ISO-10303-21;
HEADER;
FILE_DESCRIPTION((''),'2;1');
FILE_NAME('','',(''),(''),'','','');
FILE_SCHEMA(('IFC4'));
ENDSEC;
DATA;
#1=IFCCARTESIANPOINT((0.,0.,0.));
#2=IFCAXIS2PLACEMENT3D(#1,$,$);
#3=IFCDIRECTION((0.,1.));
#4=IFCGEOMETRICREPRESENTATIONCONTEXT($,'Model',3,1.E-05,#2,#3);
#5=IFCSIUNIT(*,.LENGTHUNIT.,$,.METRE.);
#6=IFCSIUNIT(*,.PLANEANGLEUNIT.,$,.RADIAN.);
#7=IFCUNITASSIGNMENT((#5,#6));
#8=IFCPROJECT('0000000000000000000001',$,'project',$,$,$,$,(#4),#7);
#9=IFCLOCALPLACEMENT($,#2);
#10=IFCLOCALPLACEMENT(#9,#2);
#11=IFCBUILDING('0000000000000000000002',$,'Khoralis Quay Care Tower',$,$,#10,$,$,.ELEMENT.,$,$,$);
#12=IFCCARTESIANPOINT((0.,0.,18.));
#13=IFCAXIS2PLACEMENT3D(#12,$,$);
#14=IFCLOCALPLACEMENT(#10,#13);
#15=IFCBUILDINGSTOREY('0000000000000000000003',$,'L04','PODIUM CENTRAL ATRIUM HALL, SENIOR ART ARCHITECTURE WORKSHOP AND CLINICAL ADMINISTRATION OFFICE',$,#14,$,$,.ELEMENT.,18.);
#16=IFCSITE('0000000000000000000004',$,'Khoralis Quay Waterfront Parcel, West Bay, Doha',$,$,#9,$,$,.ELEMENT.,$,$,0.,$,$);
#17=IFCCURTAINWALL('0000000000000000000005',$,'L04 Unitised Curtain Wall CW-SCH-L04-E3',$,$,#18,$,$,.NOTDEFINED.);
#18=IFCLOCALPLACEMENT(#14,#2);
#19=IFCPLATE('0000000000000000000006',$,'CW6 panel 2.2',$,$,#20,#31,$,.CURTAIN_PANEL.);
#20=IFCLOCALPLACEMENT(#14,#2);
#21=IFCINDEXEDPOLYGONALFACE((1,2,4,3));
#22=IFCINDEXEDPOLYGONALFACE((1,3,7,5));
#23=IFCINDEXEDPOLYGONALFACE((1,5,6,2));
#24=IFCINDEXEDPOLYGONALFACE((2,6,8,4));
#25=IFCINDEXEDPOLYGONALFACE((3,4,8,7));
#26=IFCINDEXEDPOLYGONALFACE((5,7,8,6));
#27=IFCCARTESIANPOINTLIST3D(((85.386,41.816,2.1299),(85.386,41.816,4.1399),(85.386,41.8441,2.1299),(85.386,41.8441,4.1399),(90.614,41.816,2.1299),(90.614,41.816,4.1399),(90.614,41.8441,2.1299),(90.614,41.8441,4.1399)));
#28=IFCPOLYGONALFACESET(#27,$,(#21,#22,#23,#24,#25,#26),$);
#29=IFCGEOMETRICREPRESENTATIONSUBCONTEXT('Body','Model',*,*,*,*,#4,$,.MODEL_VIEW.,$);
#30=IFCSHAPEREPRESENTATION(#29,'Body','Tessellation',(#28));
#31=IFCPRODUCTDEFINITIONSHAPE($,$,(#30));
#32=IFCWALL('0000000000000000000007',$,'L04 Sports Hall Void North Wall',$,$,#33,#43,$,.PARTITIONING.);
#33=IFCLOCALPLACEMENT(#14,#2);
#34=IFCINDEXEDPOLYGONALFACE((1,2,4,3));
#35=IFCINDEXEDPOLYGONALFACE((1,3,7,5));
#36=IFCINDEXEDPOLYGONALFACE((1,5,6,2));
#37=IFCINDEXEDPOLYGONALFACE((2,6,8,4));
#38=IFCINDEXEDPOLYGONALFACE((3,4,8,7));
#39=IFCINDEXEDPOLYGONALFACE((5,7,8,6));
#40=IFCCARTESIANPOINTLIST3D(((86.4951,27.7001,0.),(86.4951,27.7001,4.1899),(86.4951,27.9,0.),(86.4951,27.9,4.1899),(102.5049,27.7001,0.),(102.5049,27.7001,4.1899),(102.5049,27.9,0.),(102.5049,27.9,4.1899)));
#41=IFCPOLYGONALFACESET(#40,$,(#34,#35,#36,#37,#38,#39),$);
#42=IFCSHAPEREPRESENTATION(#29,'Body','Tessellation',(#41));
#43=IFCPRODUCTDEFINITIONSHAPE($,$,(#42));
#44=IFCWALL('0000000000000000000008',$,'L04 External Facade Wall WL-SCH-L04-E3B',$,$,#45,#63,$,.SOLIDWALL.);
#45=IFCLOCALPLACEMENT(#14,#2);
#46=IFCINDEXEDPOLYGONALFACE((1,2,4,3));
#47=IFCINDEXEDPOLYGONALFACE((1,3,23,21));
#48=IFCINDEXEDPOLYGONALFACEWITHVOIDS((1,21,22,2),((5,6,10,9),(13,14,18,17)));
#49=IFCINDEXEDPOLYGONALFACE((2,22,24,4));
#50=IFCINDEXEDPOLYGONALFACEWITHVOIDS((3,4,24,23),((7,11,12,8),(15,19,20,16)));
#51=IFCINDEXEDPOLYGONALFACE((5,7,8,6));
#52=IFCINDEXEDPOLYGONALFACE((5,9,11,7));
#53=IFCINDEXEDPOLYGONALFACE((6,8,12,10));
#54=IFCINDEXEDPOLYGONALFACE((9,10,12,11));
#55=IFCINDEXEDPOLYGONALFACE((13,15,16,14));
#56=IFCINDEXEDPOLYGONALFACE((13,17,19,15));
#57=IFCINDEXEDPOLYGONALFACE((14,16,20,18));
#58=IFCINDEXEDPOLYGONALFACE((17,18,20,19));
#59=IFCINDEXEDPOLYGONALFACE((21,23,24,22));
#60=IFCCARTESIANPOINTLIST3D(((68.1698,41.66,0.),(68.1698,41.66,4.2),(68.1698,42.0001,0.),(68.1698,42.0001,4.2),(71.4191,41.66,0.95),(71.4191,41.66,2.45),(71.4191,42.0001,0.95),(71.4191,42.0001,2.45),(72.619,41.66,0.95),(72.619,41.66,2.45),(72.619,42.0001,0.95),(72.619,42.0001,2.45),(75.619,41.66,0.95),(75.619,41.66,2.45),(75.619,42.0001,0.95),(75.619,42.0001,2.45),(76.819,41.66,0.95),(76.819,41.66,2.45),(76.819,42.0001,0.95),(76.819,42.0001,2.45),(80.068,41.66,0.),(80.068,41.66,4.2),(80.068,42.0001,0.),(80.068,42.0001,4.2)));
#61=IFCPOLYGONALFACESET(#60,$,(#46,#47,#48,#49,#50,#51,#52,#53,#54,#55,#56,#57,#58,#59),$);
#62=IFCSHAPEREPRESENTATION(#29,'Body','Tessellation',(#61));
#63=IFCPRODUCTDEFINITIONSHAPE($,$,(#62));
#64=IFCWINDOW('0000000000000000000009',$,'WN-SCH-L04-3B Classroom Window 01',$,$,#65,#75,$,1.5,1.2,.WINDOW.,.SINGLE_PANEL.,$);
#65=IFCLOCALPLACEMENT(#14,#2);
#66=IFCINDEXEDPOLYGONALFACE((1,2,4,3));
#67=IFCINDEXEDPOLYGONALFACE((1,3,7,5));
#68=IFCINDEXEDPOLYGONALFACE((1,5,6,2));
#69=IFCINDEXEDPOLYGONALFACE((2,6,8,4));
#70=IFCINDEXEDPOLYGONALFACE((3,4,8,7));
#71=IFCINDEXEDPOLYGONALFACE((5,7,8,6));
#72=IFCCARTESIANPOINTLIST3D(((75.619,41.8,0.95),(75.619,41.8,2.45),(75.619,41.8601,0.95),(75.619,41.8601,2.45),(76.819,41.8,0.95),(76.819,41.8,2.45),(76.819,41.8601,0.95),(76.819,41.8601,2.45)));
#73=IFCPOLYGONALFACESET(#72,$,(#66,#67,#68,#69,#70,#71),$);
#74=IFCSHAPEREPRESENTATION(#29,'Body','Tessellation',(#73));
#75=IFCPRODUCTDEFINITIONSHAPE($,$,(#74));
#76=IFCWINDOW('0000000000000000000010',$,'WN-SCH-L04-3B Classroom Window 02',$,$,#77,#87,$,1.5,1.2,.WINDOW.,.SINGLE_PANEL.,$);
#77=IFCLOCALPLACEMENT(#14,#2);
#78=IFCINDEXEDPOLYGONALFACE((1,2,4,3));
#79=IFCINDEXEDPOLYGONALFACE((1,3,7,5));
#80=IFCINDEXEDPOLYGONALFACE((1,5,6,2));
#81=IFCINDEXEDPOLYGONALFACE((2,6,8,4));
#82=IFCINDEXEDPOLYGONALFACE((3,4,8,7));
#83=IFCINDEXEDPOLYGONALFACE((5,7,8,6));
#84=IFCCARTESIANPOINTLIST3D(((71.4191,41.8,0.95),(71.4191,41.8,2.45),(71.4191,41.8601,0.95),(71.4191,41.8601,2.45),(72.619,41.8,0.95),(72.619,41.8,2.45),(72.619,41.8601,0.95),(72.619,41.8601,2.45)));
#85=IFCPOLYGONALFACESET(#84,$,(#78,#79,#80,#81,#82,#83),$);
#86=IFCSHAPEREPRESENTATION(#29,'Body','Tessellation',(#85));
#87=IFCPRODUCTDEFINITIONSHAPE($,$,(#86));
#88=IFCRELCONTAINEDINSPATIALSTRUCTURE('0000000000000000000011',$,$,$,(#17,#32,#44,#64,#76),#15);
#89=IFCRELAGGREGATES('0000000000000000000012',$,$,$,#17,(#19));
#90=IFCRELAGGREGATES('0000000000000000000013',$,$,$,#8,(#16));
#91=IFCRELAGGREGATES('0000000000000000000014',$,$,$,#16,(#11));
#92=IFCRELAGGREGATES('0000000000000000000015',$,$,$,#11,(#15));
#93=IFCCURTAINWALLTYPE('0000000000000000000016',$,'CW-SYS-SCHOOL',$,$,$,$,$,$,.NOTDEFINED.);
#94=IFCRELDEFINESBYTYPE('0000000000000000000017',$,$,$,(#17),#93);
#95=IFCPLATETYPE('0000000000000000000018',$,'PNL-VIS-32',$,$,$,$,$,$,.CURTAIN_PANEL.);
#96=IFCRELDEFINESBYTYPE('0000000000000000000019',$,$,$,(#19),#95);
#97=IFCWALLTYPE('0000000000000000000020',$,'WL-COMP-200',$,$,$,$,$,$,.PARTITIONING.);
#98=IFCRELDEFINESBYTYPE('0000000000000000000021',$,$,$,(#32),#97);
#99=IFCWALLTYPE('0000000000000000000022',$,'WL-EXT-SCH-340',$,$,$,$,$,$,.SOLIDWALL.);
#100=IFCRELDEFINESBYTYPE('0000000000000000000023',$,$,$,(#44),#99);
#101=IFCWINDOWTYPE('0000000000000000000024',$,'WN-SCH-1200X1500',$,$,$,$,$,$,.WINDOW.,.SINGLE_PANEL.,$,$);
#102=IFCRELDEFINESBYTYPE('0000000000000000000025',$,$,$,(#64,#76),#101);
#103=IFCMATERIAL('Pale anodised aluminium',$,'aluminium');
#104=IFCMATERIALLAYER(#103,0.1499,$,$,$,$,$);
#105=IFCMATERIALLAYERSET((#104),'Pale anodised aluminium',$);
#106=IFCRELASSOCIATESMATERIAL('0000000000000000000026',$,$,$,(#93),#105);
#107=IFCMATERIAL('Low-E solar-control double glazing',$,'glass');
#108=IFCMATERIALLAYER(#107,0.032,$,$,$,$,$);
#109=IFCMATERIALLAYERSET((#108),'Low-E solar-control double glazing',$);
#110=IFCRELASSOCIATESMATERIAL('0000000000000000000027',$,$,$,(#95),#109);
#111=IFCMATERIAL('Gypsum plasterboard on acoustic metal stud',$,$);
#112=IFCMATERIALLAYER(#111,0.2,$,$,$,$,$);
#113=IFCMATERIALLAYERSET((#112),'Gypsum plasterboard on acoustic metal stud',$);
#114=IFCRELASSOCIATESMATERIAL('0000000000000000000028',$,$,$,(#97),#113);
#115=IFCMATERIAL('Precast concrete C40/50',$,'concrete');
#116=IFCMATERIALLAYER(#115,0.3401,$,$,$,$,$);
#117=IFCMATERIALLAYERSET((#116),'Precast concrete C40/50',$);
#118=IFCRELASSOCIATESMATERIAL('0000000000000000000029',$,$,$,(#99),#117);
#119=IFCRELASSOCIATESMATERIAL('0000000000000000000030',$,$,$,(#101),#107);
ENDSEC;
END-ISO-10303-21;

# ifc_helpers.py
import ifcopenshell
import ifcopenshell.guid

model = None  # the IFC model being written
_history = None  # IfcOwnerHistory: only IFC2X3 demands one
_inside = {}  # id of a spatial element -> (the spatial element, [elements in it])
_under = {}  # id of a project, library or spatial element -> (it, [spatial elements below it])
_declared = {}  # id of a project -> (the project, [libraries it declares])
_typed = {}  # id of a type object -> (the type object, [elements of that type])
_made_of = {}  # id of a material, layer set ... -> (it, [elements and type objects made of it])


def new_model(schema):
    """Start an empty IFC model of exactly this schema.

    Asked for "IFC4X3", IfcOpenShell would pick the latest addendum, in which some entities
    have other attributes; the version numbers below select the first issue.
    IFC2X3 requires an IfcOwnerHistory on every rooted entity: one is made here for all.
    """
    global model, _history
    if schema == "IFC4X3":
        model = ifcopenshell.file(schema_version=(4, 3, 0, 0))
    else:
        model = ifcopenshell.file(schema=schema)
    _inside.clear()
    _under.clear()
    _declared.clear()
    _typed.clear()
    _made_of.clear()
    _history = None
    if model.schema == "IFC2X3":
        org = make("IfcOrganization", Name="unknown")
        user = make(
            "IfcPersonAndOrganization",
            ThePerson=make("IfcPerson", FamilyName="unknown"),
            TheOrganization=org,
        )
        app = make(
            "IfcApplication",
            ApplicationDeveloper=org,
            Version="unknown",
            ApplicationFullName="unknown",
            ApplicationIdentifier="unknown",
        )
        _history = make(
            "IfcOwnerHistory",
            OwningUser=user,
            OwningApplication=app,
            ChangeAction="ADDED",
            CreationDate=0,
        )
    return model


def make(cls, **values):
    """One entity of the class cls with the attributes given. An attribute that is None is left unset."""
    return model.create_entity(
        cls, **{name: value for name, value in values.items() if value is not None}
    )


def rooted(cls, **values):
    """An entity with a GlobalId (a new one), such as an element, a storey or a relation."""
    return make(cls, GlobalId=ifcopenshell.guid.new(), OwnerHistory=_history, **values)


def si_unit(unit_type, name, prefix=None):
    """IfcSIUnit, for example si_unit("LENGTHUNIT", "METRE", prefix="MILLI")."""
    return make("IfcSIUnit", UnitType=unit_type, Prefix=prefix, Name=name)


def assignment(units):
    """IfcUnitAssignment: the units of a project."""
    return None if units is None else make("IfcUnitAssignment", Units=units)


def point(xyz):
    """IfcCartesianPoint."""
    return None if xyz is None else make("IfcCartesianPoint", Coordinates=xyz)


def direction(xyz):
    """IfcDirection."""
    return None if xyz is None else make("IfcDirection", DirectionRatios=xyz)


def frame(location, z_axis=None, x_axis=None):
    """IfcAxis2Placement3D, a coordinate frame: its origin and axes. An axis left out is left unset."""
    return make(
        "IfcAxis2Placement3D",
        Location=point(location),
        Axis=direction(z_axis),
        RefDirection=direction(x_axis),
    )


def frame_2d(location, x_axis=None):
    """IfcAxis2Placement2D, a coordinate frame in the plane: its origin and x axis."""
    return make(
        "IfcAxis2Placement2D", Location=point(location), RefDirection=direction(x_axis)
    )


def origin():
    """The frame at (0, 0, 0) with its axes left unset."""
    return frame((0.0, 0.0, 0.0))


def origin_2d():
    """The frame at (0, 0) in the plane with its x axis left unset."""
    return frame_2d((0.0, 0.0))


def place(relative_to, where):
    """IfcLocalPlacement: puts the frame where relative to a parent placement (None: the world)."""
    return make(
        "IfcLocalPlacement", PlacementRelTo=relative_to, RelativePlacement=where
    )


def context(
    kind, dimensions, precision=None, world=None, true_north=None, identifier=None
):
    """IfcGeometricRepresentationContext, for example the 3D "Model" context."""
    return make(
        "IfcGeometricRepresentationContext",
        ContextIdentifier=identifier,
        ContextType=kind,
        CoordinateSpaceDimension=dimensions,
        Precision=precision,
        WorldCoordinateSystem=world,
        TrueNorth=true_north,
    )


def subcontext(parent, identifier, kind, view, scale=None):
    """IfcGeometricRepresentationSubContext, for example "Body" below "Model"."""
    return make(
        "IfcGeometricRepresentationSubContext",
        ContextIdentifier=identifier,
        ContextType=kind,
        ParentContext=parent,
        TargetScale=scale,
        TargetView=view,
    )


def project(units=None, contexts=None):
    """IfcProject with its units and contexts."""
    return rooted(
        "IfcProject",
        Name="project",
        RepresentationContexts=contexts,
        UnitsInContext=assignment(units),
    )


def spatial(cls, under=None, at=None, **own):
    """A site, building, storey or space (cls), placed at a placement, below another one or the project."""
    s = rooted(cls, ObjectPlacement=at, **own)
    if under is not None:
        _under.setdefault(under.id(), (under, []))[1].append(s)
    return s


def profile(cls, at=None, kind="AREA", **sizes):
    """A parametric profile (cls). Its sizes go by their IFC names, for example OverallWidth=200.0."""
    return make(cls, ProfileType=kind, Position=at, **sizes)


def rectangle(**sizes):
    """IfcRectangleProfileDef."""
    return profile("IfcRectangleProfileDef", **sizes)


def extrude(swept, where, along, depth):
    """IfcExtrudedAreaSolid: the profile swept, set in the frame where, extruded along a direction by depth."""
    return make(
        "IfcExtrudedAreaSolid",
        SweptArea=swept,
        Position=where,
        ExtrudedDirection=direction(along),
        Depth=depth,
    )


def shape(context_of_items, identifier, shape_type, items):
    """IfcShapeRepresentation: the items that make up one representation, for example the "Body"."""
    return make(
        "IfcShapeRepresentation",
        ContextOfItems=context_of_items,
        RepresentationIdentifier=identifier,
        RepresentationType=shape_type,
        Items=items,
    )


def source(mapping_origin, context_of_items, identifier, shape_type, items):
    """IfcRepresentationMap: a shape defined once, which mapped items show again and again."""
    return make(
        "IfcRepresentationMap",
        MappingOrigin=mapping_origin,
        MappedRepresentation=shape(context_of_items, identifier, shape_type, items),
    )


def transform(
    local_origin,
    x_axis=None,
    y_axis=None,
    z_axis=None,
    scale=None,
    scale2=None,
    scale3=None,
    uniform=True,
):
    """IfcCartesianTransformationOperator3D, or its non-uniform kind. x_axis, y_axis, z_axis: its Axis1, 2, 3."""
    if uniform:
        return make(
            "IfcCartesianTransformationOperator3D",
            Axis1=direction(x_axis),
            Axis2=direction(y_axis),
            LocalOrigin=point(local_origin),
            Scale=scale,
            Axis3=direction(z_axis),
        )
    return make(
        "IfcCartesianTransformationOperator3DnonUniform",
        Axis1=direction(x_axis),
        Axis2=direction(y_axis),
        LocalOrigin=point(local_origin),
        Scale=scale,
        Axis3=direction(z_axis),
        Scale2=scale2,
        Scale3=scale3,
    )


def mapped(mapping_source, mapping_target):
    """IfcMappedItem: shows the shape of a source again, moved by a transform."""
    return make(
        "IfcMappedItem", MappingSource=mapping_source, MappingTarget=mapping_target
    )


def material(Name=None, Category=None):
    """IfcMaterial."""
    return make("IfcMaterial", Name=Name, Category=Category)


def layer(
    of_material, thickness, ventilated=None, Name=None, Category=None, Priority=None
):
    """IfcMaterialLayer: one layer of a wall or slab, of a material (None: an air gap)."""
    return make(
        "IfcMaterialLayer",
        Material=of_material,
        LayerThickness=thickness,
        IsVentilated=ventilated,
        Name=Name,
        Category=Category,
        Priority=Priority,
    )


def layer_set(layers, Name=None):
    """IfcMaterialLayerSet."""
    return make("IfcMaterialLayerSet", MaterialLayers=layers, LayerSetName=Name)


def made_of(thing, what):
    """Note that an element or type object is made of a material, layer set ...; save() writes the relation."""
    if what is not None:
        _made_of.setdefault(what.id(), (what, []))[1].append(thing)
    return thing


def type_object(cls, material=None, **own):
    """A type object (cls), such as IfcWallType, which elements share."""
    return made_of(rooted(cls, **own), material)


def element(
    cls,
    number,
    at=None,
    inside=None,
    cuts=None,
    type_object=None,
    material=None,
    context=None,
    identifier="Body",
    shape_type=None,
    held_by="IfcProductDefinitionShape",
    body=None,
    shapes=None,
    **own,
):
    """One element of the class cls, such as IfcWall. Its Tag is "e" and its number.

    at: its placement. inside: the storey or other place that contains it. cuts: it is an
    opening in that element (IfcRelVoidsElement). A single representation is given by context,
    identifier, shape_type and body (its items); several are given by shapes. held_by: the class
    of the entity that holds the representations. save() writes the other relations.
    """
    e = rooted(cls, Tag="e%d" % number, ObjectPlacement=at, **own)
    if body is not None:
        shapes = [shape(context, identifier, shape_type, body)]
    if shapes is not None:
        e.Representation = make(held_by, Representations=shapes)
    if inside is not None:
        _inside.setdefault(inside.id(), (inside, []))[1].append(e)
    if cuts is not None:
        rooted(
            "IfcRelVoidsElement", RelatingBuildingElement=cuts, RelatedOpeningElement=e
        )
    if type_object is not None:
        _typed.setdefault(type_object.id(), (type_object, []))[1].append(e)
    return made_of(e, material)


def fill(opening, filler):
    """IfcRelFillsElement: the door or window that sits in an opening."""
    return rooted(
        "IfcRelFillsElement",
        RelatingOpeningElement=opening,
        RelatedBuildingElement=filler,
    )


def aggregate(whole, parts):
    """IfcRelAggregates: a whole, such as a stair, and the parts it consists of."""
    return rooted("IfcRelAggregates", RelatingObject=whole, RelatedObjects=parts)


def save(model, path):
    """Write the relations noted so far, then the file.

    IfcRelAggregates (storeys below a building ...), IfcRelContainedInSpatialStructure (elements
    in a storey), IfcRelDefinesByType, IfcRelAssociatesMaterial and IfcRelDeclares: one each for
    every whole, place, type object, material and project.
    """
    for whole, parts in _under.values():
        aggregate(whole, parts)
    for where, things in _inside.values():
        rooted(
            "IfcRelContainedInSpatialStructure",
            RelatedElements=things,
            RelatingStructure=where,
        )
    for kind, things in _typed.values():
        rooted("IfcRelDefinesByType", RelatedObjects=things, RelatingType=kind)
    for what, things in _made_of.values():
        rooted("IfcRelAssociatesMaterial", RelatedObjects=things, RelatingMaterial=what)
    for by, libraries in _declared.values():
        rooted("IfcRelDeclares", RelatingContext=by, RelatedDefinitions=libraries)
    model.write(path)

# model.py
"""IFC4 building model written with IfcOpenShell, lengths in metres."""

from ifc_helpers import new_model, si_unit, direction, frame, frame_2d, origin, origin_2d, place, context, subcontext, project, spatial, rectangle, extrude, source, transform, mapped, material, layer, layer_set, type_object, element, fill, aggregate, save


model = new_model("IFC4")

# Units and contexts
model_context = context("Model", 3, precision=1e-05, world=origin(), true_north=direction((0.0, 1.0)))
body_context = subcontext(model_context, "Body", "Model", "MODEL_VIEW")
ifc_project = project(units=[si_unit("LENGTHUNIT", "METRE"), si_unit("PLANEANGLEUNIT", "RADIAN")], contexts=[model_context])

# Site, building, storey
site_placement = place(None, origin())
site = spatial("IfcSite", under=ifc_project, at=site_placement, Name="Khoralis Quay Waterfront Parcel, West Bay, Doha", CompositionType="ELEMENT", RefElevation=0.0)
building_placement = place(site_placement, origin())
building = spatial("IfcBuilding", under=site, at=building_placement, Name="Khoralis Quay Care Tower", CompositionType="ELEMENT")
storey_placement = place(building_placement, frame((0.0, 0.0, 18.0)))
storey = spatial("IfcBuildingStorey", under=building, at=storey_placement, Name="L04", Description="PODIUM CENTRAL ATRIUM HALL, SENIOR ART ARCHITECTURE WORKSHOP AND CLINICAL ADMINISTRATION OFFICE", CompositionType="ELEMENT", Elevation=18.0)

# Curtain wall, plate
ifc_material_1 = material(Name="Pale anodised aluminium", Category="aluminium")
ifc_layer_1 = layer(ifc_material_1, 0.1499)
ifc_layer_set_1 = layer_set([ifc_layer_1], Name="Pale anodised aluminium")
curtain_wall_type = type_object("IfcCurtainWallType", Name="CW-SYS-SCHOOL", PredefinedType="NOTDEFINED", material=ifc_layer_set_1)
curtain_wall_placement = place(storey_placement, origin())
curtain_wall = element("IfcCurtainWall", 1, at=curtain_wall_placement, inside=storey, type_object=curtain_wall_type, Name="L04 Unitised Curtain Wall CW-SCH-L04-E3", PredefinedType="NOTDEFINED")
ifc_material_2 = material(Name="Low-E solar-control double glazing", Category="glass")
ifc_layer_2 = layer(ifc_material_2, 0.032)
ifc_layer_set_2 = layer_set([ifc_layer_2], Name="Low-E solar-control double glazing")
plate_type = type_object("IfcPlateType", Name="PNL-VIS-32", PredefinedType="CURTAIN_PANEL", material=ifc_layer_set_2)
shared_shape_1 = source(origin(), body_context, "Body", "SweptSolid", [
    extrude(rectangle(XDim=5.228, YDim=0.0281, at=origin_2d()), origin(), (0.0, 0.0, 1.0), 2.01),
])
plate_1_placement = place(storey_placement, frame((88.0, 41.8301, 2.1299), z_axis=(0.0, 0.0, 1.0), x_axis=(-1.0, 0.0, 0.0)))
plate_1 = element("IfcPlate", 2, at=plate_1_placement, type_object=plate_type, Name="CW6 panel 2.2", PredefinedType="CURTAIN_PANEL", context=body_context, shape_type="MappedRepresentation", body=[
    mapped(shared_shape_1, transform((0.0, 0.0, 0.0), scale=1.0)),
])
aggregate(curtain_wall, [plate_1])

# Wall
ifc_material_3 = material(Name="Gypsum plasterboard on acoustic metal stud")
ifc_layer_3 = layer(ifc_material_3, 0.2)
ifc_layer_set_3 = layer_set([ifc_layer_3], Name="Gypsum plasterboard on acoustic metal stud")
wall_type_1 = type_object("IfcWallType", Name="WL-COMP-200", PredefinedType="PARTITIONING", material=ifc_layer_set_3)
wall_1_placement = place(storey_placement, frame((86.4951, 27.8, 0.0), z_axis=(0.0, 0.0, 1.0), x_axis=(1.0, 0.0, 0.0)))
element("IfcWall", 3, at=wall_1_placement, inside=storey, type_object=wall_type_1, Name="L04 Sports Hall Void North Wall", PredefinedType="PARTITIONING", context=body_context, shape_type="SweptSolid", body=[
    extrude(rectangle(XDim=16.0098, YDim=0.2, at=frame_2d((8.0049, 0.0))), origin(), (0.0, 0.0, 1.0), 4.1899),
])

# Wall, openings, windows
ifc_material_4 = material(Name="Precast concrete C40/50", Category="concrete")
ifc_layer_4 = layer(ifc_material_4, 0.3401)
ifc_layer_set_4 = layer_set([ifc_layer_4], Name="Precast concrete C40/50")
wall_type_2 = type_object("IfcWallType", Name="WL-EXT-SCH-340", PredefinedType="SOLIDWALL", material=ifc_layer_set_4)
wall_2_placement = place(storey_placement, frame((80.0681, 41.8301, 0.0), z_axis=(0.0, 0.0, 1.0), x_axis=(-1.0, 0.0, 0.0)))
wall_2 = element("IfcWall", 4, at=wall_2_placement, inside=storey, type_object=wall_type_2, Name="L04 External Facade Wall WL-SCH-L04-E3B", PredefinedType="SOLIDWALL", context=body_context, shape_type="SweptSolid", body=[
    extrude(rectangle(XDim=11.8982, YDim=0.3401, at=frame_2d((5.9492, 0.0))), origin(), (0.0, 0.0, 1.0), 4.2),
])
opening_1_placement = place(wall_2_placement, frame((3.249, 0.0, 0.95)))
opening_1 = element("IfcOpeningElement", 5, at=opening_1_placement, cuts=wall_2, PredefinedType="OPENING", context=body_context, shape_type="SweptSolid", body=[
    extrude(rectangle(XDim=1.2, YDim=1.5, at=frame_2d((0.6001, 0.75))), frame((0.0, 0.1802, 0.0), z_axis=(0.0, -1.0, 0.0), x_axis=(1.0, 0.0, 0.0)), (0.0, 0.0, 1.0), 0.3601),
])
opening_2_placement = place(wall_2_placement, frame((7.449, 0.0, 0.95)))
opening_2 = element("IfcOpeningElement", 6, at=opening_2_placement, cuts=wall_2, PredefinedType="OPENING", context=body_context, shape_type="SweptSolid", body=[
    extrude(rectangle(XDim=1.2, YDim=1.5, at=frame_2d((0.6001, 0.75))), frame((0.0, 0.1802, 0.0), z_axis=(0.0, -1.0, 0.0), x_axis=(1.0, 0.0, 0.0)), (0.0, 0.0, 1.0), 0.3601),
])
window_type = type_object("IfcWindowType", Name="WN-SCH-1200X1500", PartitioningType="SINGLE_PANEL", PredefinedType="WINDOW", material=ifc_material_2)
shared_shape_2 = source(origin(), body_context, "Body", "SweptSolid", [
    extrude(rectangle(XDim=1.2, YDim=1.5, at=frame_2d((0.6001, 0.75))), frame((0.0, 0.03, 0.0), z_axis=(0.0, -1.0, 0.0), x_axis=(1.0, 0.0, 0.0)), (0.0, 0.0, 1.0), 0.0601),
])
window_1_placement = place(opening_1_placement, origin())
window_1 = element("IfcWindow", 7, at=window_1_placement, inside=storey, type_object=window_type, Name="WN-SCH-L04-3B Classroom Window 01", OverallHeight=1.5, OverallWidth=1.2, PartitioningType="SINGLE_PANEL", PredefinedType="WINDOW", context=body_context, shape_type="MappedRepresentation", body=[
    mapped(shared_shape_2, transform((0.0, 0.0, 0.0), scale=1.0)),
])
fill(opening_1, window_1)
window_2_placement = place(opening_2_placement, origin())
window_2 = element("IfcWindow", 8, at=window_2_placement, inside=storey, type_object=window_type, Name="WN-SCH-L04-3B Classroom Window 02", OverallHeight=1.5, OverallWidth=1.2, PartitioningType="SINGLE_PANEL", PredefinedType="WINDOW", context=body_context, shape_type="MappedRepresentation", body=[
    mapped(shared_shape_2, transform((0.0, 0.0, 0.0), scale=1.0)),
])
fill(opening_2, window_2)

save(model, "model.ifc")
